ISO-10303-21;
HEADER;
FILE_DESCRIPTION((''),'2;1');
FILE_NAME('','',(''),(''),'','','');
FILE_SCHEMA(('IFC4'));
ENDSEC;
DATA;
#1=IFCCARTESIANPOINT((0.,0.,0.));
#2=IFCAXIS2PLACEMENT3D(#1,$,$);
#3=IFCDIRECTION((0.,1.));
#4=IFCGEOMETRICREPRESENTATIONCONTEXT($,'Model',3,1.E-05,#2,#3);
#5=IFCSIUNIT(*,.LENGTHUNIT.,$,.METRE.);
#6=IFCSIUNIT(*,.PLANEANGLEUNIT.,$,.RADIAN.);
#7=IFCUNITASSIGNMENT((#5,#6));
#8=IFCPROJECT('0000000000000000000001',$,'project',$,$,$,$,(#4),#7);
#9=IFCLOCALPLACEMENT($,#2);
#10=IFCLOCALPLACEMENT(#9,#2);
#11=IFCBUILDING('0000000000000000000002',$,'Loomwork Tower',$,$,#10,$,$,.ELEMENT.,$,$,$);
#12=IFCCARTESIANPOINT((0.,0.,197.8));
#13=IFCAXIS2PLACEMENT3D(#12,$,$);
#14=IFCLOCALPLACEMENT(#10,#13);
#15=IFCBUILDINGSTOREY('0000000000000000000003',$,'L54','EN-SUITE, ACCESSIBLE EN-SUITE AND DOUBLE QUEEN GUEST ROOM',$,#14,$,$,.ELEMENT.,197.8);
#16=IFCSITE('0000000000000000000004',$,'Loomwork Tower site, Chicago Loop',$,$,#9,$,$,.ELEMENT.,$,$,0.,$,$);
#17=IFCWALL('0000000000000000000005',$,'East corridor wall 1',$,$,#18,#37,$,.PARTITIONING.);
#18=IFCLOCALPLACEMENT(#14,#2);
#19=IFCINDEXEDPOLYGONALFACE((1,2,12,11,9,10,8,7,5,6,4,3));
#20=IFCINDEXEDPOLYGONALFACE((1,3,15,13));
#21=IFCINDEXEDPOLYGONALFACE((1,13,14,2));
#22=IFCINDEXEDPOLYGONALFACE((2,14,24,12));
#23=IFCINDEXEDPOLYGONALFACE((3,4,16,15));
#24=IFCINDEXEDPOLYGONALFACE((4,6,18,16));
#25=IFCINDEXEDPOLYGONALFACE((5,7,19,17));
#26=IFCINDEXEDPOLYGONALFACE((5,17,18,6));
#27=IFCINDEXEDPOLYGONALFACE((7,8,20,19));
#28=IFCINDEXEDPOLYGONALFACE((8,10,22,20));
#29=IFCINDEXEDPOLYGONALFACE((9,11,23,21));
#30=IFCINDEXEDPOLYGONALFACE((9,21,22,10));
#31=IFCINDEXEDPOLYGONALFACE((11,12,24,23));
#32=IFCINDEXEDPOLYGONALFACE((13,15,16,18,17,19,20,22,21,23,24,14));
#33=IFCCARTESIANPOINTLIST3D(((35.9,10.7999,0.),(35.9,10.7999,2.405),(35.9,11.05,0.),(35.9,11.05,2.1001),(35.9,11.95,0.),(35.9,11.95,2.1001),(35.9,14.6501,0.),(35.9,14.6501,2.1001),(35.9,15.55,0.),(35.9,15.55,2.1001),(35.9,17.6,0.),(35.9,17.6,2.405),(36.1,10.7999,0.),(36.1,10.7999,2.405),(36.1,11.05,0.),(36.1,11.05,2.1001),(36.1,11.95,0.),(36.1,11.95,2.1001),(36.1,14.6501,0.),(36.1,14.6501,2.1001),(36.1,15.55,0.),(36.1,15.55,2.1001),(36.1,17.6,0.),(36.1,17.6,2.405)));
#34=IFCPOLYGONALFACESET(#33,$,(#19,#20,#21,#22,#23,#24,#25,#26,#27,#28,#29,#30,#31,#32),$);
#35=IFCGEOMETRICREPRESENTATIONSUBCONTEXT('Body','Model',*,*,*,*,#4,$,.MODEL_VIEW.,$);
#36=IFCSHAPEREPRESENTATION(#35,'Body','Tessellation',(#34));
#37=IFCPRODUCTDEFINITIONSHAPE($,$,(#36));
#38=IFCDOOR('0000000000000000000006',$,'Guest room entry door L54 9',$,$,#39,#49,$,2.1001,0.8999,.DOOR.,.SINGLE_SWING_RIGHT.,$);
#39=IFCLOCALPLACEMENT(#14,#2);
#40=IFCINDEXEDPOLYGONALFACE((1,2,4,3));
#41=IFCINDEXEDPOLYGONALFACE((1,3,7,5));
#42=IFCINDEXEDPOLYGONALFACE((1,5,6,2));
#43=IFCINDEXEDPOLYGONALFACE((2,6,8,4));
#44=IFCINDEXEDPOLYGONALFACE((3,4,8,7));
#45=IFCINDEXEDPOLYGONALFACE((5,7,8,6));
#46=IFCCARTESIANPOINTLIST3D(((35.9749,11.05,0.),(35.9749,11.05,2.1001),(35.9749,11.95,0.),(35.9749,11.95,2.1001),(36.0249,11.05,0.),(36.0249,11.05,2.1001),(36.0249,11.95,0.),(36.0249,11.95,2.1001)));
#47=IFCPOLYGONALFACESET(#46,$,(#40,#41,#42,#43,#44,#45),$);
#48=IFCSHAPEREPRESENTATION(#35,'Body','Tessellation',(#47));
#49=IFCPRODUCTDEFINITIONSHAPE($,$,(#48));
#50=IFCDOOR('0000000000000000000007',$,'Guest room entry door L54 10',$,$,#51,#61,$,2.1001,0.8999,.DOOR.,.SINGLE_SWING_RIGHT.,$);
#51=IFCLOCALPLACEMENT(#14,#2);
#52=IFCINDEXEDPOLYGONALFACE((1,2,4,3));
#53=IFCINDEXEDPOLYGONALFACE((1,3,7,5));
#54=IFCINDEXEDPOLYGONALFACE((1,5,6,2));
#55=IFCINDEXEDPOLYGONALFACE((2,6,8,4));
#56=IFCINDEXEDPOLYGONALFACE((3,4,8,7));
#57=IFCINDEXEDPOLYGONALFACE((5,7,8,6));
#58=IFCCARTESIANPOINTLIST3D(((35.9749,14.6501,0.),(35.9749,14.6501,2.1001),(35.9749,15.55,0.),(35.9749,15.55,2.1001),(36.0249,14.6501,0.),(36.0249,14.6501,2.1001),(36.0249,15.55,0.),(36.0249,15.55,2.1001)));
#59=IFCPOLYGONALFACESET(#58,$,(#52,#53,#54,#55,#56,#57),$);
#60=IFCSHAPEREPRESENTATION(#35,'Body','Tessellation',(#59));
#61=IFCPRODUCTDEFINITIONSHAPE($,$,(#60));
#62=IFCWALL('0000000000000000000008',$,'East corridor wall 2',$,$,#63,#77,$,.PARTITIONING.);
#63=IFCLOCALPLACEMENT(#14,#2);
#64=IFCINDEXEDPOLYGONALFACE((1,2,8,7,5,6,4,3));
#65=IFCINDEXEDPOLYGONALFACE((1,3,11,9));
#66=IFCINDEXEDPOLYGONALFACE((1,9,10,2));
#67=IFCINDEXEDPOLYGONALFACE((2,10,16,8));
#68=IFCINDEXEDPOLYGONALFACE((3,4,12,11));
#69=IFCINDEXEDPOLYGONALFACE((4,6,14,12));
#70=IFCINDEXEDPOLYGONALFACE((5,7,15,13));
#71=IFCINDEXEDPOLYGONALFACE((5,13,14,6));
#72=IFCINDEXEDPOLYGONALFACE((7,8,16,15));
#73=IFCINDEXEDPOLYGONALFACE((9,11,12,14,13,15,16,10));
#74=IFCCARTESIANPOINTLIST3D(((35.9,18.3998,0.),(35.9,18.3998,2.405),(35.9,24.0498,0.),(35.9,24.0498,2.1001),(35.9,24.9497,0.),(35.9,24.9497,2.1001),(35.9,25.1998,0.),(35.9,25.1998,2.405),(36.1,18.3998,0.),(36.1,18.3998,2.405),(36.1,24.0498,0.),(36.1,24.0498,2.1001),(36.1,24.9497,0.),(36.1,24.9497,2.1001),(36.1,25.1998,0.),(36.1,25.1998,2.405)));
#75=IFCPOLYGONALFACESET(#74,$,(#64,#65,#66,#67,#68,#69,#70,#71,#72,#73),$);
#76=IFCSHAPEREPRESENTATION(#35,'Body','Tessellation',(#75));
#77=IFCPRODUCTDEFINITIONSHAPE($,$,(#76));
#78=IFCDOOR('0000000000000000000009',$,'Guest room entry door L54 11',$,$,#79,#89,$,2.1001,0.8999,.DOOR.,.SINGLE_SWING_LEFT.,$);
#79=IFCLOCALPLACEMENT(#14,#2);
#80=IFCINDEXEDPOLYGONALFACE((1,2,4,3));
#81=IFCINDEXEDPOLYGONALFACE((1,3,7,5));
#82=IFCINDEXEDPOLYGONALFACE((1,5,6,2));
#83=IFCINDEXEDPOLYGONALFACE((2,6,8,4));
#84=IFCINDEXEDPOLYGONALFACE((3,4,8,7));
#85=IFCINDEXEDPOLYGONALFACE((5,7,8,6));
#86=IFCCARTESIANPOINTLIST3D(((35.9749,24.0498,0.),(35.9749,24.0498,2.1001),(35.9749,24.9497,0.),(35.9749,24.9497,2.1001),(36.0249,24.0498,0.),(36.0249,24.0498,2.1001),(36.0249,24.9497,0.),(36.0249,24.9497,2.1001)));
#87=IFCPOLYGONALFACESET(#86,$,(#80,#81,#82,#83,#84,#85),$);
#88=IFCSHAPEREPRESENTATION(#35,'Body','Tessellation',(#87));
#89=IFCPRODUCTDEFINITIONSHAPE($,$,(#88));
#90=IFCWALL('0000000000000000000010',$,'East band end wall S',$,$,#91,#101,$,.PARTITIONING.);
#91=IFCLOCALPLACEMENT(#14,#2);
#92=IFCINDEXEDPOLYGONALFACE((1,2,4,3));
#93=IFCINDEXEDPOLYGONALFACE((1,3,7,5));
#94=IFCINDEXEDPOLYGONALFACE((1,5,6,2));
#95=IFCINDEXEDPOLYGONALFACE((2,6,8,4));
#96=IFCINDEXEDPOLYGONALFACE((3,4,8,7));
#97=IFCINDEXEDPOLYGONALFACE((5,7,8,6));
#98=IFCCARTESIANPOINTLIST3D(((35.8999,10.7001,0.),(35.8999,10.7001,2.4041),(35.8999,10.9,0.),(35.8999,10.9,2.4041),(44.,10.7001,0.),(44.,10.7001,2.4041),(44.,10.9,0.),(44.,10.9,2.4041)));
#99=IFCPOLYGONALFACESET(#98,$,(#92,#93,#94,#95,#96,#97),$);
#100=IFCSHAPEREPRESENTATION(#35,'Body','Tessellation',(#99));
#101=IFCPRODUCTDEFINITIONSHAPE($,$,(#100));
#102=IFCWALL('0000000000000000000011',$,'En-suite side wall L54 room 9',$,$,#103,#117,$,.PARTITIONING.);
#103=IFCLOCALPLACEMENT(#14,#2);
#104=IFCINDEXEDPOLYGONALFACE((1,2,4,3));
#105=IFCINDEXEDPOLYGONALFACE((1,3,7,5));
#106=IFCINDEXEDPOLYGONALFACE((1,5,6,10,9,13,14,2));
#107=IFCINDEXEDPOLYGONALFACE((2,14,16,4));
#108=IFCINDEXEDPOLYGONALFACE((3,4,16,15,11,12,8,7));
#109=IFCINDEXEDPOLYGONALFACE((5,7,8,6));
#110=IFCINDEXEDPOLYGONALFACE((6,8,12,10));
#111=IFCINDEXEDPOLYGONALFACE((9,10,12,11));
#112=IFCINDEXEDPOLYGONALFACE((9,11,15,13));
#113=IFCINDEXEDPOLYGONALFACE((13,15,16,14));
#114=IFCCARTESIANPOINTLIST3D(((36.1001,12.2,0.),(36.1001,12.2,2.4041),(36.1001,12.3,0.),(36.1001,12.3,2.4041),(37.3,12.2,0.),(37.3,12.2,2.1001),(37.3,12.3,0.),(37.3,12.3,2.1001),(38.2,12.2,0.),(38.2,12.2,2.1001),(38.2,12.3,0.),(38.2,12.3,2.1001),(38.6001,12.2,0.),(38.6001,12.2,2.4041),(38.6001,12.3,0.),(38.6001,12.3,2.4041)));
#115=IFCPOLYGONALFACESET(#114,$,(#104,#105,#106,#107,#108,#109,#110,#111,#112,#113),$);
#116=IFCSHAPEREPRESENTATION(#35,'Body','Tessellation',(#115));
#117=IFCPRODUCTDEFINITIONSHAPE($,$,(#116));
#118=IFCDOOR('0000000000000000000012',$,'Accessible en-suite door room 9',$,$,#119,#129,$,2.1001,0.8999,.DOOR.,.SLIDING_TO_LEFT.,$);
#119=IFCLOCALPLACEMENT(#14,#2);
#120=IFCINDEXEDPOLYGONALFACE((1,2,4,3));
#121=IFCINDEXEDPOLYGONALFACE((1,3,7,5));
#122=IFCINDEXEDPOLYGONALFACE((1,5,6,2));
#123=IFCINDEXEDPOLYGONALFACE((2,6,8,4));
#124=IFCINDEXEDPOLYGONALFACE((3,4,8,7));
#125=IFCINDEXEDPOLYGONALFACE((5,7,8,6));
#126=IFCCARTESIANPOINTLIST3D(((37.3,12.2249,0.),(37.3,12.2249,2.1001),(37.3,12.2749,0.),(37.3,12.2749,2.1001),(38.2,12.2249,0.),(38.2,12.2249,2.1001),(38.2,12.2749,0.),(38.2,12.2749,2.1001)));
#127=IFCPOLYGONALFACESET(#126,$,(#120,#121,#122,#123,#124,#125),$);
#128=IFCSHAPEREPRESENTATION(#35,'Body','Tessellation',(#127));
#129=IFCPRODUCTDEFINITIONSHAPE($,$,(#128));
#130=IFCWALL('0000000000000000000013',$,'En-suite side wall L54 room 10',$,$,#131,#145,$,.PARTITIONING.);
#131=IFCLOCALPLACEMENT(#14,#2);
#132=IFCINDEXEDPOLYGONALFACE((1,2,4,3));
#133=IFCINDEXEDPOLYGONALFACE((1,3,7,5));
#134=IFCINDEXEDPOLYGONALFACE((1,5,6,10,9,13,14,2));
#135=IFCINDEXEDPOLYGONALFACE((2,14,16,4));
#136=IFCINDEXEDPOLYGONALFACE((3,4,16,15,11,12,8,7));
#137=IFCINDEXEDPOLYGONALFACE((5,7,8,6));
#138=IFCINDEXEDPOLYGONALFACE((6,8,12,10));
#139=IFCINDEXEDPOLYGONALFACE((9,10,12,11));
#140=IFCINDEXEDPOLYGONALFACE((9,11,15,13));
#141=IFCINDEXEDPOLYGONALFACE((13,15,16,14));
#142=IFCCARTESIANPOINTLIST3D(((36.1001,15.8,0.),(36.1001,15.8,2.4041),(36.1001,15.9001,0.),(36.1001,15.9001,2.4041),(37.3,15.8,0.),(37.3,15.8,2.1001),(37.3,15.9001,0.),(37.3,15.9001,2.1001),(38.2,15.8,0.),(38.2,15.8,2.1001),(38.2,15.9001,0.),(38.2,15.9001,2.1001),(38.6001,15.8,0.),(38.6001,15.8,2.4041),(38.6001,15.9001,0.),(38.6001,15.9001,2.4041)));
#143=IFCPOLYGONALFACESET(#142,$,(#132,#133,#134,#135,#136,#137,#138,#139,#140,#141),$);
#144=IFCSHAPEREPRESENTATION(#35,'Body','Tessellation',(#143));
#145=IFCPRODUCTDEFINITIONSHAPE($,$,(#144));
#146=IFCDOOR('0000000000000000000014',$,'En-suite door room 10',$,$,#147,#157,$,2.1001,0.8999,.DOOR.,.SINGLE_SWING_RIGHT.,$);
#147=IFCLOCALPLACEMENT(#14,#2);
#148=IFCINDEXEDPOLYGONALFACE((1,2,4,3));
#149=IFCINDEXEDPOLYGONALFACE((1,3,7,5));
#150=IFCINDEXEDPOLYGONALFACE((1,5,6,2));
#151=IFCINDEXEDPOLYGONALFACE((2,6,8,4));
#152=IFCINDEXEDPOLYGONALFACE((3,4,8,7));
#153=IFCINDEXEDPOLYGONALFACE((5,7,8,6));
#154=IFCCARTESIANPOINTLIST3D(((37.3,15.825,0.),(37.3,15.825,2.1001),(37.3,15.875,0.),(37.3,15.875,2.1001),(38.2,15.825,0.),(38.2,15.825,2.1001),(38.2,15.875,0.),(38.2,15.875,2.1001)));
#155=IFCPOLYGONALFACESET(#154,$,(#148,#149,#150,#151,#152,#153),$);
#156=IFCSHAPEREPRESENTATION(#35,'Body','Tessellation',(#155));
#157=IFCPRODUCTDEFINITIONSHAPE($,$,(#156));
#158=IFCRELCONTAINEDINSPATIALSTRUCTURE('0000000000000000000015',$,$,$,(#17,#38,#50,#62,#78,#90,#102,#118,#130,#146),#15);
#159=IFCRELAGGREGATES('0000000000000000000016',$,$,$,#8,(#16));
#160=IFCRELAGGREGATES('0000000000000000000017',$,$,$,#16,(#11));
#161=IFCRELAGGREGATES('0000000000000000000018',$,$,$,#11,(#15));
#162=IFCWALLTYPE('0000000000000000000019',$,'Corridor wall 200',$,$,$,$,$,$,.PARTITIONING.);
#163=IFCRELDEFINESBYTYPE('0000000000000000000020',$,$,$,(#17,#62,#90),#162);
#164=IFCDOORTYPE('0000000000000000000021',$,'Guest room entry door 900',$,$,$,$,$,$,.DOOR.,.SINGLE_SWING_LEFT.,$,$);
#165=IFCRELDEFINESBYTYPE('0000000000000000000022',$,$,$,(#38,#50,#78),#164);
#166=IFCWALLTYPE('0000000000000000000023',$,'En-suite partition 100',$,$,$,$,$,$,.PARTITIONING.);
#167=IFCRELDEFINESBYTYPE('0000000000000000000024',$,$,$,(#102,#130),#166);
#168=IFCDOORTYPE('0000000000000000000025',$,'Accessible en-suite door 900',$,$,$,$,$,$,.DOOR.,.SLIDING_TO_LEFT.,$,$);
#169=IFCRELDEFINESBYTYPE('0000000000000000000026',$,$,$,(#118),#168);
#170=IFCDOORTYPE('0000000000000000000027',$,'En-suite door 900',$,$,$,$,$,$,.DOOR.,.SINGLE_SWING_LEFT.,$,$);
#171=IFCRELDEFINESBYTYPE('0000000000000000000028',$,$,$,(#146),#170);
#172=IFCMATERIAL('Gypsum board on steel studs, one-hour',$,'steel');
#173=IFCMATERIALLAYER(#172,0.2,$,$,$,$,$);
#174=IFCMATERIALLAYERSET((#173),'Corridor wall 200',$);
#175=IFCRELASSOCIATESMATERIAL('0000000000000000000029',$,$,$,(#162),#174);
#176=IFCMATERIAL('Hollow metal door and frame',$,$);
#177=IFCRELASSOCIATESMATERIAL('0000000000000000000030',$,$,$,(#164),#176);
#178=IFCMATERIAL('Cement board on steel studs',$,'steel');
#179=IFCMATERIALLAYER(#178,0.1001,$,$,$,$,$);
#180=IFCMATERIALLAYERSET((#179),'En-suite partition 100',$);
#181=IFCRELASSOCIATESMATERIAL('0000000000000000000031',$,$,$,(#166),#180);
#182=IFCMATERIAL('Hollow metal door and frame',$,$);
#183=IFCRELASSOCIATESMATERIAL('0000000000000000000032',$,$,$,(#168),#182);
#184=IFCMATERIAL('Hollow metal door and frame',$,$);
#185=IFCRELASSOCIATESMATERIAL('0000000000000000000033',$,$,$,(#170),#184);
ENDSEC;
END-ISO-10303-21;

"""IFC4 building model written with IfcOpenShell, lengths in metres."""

from ifc_helpers import new_model, si_unit, direction, frame, frame_2d, origin, place, context, subcontext, project, spatial, rectangle, extrude, material, layer, layer_set, type_object, element, fill, save


model = new_model("IFC4")

# Units and contexts
model_context = context("Model", 3, precision=1e-05, world=origin(), true_north=direction((0.0, 1.0)))
body_context = subcontext(model_context, "Body", "Model", "MODEL_VIEW")
ifc_project = project(units=[si_unit("LENGTHUNIT", "METRE"), si_unit("PLANEANGLEUNIT", "RADIAN")], contexts=[model_context])

# Site, building, storey
site_placement = place(None, origin())
site = spatial("IfcSite", under=ifc_project, at=site_placement, Name="Loomwork Tower site, Chicago Loop", CompositionType="ELEMENT", RefElevation=0.0)
building_placement = place(site_placement, origin())
building = spatial("IfcBuilding", under=site, at=building_placement, Name="Loomwork Tower", CompositionType="ELEMENT")
storey_placement = place(building_placement, frame((0.0, 0.0, 197.8)))
storey = spatial("IfcBuildingStorey", under=building, at=storey_placement, Name="L54", Description="EN-SUITE, ACCESSIBLE EN-SUITE AND DOUBLE QUEEN GUEST ROOM", CompositionType="ELEMENT", Elevation=197.8)

# Wall, openings, doors
ifc_material_1 = material(Name="Gypsum board on steel studs, one-hour", Category="steel")
ifc_layer_1 = layer(ifc_material_1, 0.2)
ifc_layer_set_1 = layer_set([ifc_layer_1], Name="Corridor wall 200")
wall_type_1 = type_object("IfcWallType", Name="Corridor wall 200", PredefinedType="PARTITIONING", material=ifc_layer_set_1)
wall_1_placement = place(storey_placement, frame((36.0, 10.8, 0.0), z_axis=(0.0, 0.0, 1.0), x_axis=(0.0, 1.0, 0.0)))
wall_1 = element("IfcWall", 1, at=wall_1_placement, inside=storey, type_object=wall_type_1, Name="East corridor wall 1", PredefinedType="PARTITIONING", context=body_context, shape_type="SweptSolid", body=[
    extrude(rectangle(XDim=6.8, YDim=0.2, at=frame_2d((3.3999, 0.0))), origin(), (0.0, 0.0, 1.0), 2.405),
])
opening_1_placement = place(wall_1_placement, frame((0.25, 0.0, 0.0)))
opening_1 = element("IfcOpeningElement", 2, at=opening_1_placement, cuts=wall_1, PredefinedType="OPENING", context=body_context, shape_type="SweptSolid", body=[
    extrude(rectangle(XDim=0.8999, YDim=2.1001, at=frame_2d((0.45, 1.05))), frame((0.0, 0.1099, 0.0), z_axis=(0.0, -1.0, 0.0), x_axis=(1.0, 0.0, 0.0)), (0.0, 0.0, 1.0), 0.22),
])
opening_2_placement = place(wall_1_placement, frame((3.8501, 0.0, 0.0)))
opening_2 = element("IfcOpeningElement", 3, at=opening_2_placement, cuts=wall_1, PredefinedType="OPENING", context=body_context, shape_type="SweptSolid", body=[
    extrude(rectangle(XDim=0.8999, YDim=2.1001, at=frame_2d((0.45, 1.05))), frame((0.0, 0.1099, 0.0), z_axis=(0.0, -1.0, 0.0), x_axis=(1.0, 0.0, 0.0)), (0.0, 0.0, 1.0), 0.22),
])
ifc_material_2 = material(Name="Hollow metal door and frame")
door_type_1 = type_object("IfcDoorType", Name="Guest room entry door 900", OperationType="SINGLE_SWING_LEFT", PredefinedType="DOOR", material=ifc_material_2)
door_1_placement = place(opening_1_placement, frame((0.8999, 0.0, 0.0), z_axis=(0.0, 0.0, 1.0), x_axis=(-1.0, 0.0, 0.0)))
door_1 = element("IfcDoor", 4, at=door_1_placement, inside=storey, type_object=door_type_1, Name="Guest room entry door L54 9", OperationType="SINGLE_SWING_RIGHT", OverallHeight=2.1001, OverallWidth=0.8999, PredefinedType="DOOR", context=body_context, shape_type="SweptSolid", body=[
    extrude(rectangle(XDim=0.8999, YDim=2.1001, at=frame_2d((0.45, 1.05))), frame((0.0, 0.0249, 0.0), z_axis=(0.0, -1.0, 0.0), x_axis=(1.0, 0.0, 0.0)), (0.0, 0.0, 1.0), 0.05),
])
fill(opening_1, door_1)
door_2_placement = place(opening_2_placement, frame((0.8999, 0.0, 0.0), z_axis=(0.0, 0.0, 1.0), x_axis=(-1.0, 0.0, 0.0)))
door_2 = element("IfcDoor", 5, at=door_2_placement, inside=storey, type_object=door_type_1, Name="Guest room entry door L54 10", OperationType="SINGLE_SWING_RIGHT", OverallHeight=2.1001, OverallWidth=0.8999, PredefinedType="DOOR", context=body_context, shape_type="SweptSolid", body=[
    extrude(rectangle(XDim=0.8999, YDim=2.1001, at=frame_2d((0.45, 1.05))), frame((0.0, 0.0249, 0.0), z_axis=(0.0, -1.0, 0.0), x_axis=(1.0, 0.0, 0.0)), (0.0, 0.0, 1.0), 0.05),
])
fill(opening_2, door_2)

# Wall, opening, door
wall_2_placement = place(storey_placement, frame((36.0, 18.3999, 0.0), z_axis=(0.0, 0.0, 1.0), x_axis=(0.0, 1.0, 0.0)))
wall_2 = element("IfcWall", 6, at=wall_2_placement, inside=storey, type_object=wall_type_1, Name="East corridor wall 2", PredefinedType="PARTITIONING", context=body_context, shape_type="SweptSolid", body=[
    extrude(rectangle(XDim=6.8, YDim=0.2, at=frame_2d((3.3999, 0.0))), origin(), (0.0, 0.0, 1.0), 2.405),
])
opening_3_placement = place(wall_2_placement, frame((5.6499, 0.0, 0.0)))
opening_3 = element("IfcOpeningElement", 7, at=opening_3_placement, cuts=wall_2, PredefinedType="OPENING", context=body_context, shape_type="SweptSolid", body=[
    extrude(rectangle(XDim=0.8999, YDim=2.1001, at=frame_2d((0.45, 1.05))), frame((0.0, 0.1099, 0.0), z_axis=(0.0, -1.0, 0.0), x_axis=(1.0, 0.0, 0.0)), (0.0, 0.0, 1.0), 0.22),
])
door_3_placement = place(opening_3_placement, frame((0.8999, 0.0, 0.0), z_axis=(0.0, 0.0, 1.0), x_axis=(-1.0, 0.0, 0.0)))
door_3 = element("IfcDoor", 8, at=door_3_placement, inside=storey, type_object=door_type_1, Name="Guest room entry door L54 11", OperationType="SINGLE_SWING_LEFT", OverallHeight=2.1001, OverallWidth=0.8999, PredefinedType="DOOR", context=body_context, shape_type="SweptSolid", body=[
    extrude(rectangle(XDim=0.8999, YDim=2.1001, at=frame_2d((0.45, 1.05))), frame((0.0, 0.0249, 0.0), z_axis=(0.0, -1.0, 0.0), x_axis=(1.0, 0.0, 0.0)), (0.0, 0.0, 1.0), 0.05),
])
fill(opening_3, door_3)

# Wall
wall_3_placement = place(storey_placement, frame((35.8999, 10.8, 0.0), z_axis=(0.0, 0.0, 1.0), x_axis=(1.0, 0.0, 0.0)))
element("IfcWall", 9, at=wall_3_placement, inside=storey, type_object=wall_type_1, Name="East band end wall S", PredefinedType="PARTITIONING", context=body_context, shape_type="SweptSolid", body=[
    extrude(rectangle(XDim=8.1001, YDim=0.2, at=frame_2d((4.05, 0.0))), origin(), (0.0, 0.0, 1.0), 2.4041),
])

# Walls, openings, doors
ifc_material_3 = material(Name="Cement board on steel studs", Category="steel")
ifc_layer_2 = layer(ifc_material_3, 0.1001)
ifc_layer_set_2 = layer_set([ifc_layer_2], Name="En-suite partition 100")
wall_type_2 = type_object("IfcWallType", Name="En-suite partition 100", PredefinedType="PARTITIONING", material=ifc_layer_set_2)
wall_4_placement = place(storey_placement, frame((36.1001, 12.25, 0.0), z_axis=(0.0, 0.0, 1.0), x_axis=(1.0, 0.0, 0.0)))
wall_4 = element("IfcWall", 10, at=wall_4_placement, inside=storey, type_object=wall_type_2, Name="En-suite side wall L54 room 9", PredefinedType="PARTITIONING", context=body_context, shape_type="SweptSolid", body=[
    extrude(rectangle(XDim=2.5, YDim=0.1001, at=frame_2d((1.25, 0.0))), origin(), (0.0, 0.0, 1.0), 2.4041),
])
opening_4_placement = place(wall_4_placement, frame((1.2, 0.0, 0.0)))
opening_4 = element("IfcOpeningElement", 11, at=opening_4_placement, cuts=wall_4, PredefinedType="OPENING", context=body_context, shape_type="SweptSolid", body=[
    extrude(rectangle(XDim=0.8999, YDim=2.1001, at=frame_2d((0.45, 1.05))), frame((0.0, 0.0601, 0.0), z_axis=(0.0, -1.0, 0.0), x_axis=(1.0, 0.0, 0.0)), (0.0, 0.0, 1.0), 0.1201),
])
ifc_material_4 = material(Name="Hollow metal door and frame")
door_type_2 = type_object("IfcDoorType", Name="Accessible en-suite door 900", OperationType="SLIDING_TO_LEFT", PredefinedType="DOOR", material=ifc_material_4)
door_4_placement = place(opening_4_placement, origin())
door_4 = element("IfcDoor", 12, at=door_4_placement, inside=storey, type_object=door_type_2, Name="Accessible en-suite door room 9", OperationType="SLIDING_TO_LEFT", OverallHeight=2.1001, OverallWidth=0.8999, PredefinedType="DOOR", context=body_context, shape_type="SweptSolid", body=[
    extrude(rectangle(XDim=0.8999, YDim=2.1001, at=frame_2d((0.45, 1.05))), frame((0.0, 0.0249, 0.0), z_axis=(0.0, -1.0, 0.0), x_axis=(1.0, 0.0, 0.0)), (0.0, 0.0, 1.0), 0.05),
])
fill(opening_4, door_4)
wall_5_placement = place(storey_placement, frame((36.1001, 15.8501, 0.0), z_axis=(0.0, 0.0, 1.0), x_axis=(1.0, 0.0, 0.0)))
wall_5 = element("IfcWall", 13, at=wall_5_placement, inside=storey, type_object=wall_type_2, Name="En-suite side wall L54 room 10", PredefinedType="PARTITIONING", context=body_context, shape_type="SweptSolid", body=[
    extrude(rectangle(XDim=2.5, YDim=0.1001, at=frame_2d((1.25, 0.0))), origin(), (0.0, 0.0, 1.0), 2.4041),
])
opening_5_placement = place(wall_5_placement, frame((1.2, 0.0, 0.0)))
opening_5 = element("IfcOpeningElement", 14, at=opening_5_placement, cuts=wall_5, PredefinedType="OPENING", context=body_context, shape_type="SweptSolid", body=[
    extrude(rectangle(XDim=0.8999, YDim=2.1001, at=frame_2d((0.45, 1.05))), frame((0.0, 0.0601, 0.0), z_axis=(0.0, -1.0, 0.0), x_axis=(1.0, 0.0, 0.0)), (0.0, 0.0, 1.0), 0.1201),
])
ifc_material_5 = material(Name="Hollow metal door and frame")
door_type_3 = type_object("IfcDoorType", Name="En-suite door 900", OperationType="SINGLE_SWING_LEFT", PredefinedType="DOOR", material=ifc_material_5)
door_5_placement = place(opening_5_placement, origin())
door_5 = element("IfcDoor", 15, at=door_5_placement, inside=storey, type_object=door_type_3, Name="En-suite door room 10", OperationType="SINGLE_SWING_RIGHT", OverallHeight=2.1001, OverallWidth=0.8999, PredefinedType="DOOR", context=body_context, shape_type="SweptSolid", body=[
    extrude(rectangle(XDim=0.8999, YDim=2.1001, at=frame_2d((0.45, 1.05))), frame((0.0, 0.0249, 0.0), z_axis=(0.0, -1.0, 0.0), x_axis=(1.0, 0.0, 0.0)), (0.0, 0.0, 1.0), 0.05),
])
fill(opening_5, door_5)

save(model, "model.ifc")
